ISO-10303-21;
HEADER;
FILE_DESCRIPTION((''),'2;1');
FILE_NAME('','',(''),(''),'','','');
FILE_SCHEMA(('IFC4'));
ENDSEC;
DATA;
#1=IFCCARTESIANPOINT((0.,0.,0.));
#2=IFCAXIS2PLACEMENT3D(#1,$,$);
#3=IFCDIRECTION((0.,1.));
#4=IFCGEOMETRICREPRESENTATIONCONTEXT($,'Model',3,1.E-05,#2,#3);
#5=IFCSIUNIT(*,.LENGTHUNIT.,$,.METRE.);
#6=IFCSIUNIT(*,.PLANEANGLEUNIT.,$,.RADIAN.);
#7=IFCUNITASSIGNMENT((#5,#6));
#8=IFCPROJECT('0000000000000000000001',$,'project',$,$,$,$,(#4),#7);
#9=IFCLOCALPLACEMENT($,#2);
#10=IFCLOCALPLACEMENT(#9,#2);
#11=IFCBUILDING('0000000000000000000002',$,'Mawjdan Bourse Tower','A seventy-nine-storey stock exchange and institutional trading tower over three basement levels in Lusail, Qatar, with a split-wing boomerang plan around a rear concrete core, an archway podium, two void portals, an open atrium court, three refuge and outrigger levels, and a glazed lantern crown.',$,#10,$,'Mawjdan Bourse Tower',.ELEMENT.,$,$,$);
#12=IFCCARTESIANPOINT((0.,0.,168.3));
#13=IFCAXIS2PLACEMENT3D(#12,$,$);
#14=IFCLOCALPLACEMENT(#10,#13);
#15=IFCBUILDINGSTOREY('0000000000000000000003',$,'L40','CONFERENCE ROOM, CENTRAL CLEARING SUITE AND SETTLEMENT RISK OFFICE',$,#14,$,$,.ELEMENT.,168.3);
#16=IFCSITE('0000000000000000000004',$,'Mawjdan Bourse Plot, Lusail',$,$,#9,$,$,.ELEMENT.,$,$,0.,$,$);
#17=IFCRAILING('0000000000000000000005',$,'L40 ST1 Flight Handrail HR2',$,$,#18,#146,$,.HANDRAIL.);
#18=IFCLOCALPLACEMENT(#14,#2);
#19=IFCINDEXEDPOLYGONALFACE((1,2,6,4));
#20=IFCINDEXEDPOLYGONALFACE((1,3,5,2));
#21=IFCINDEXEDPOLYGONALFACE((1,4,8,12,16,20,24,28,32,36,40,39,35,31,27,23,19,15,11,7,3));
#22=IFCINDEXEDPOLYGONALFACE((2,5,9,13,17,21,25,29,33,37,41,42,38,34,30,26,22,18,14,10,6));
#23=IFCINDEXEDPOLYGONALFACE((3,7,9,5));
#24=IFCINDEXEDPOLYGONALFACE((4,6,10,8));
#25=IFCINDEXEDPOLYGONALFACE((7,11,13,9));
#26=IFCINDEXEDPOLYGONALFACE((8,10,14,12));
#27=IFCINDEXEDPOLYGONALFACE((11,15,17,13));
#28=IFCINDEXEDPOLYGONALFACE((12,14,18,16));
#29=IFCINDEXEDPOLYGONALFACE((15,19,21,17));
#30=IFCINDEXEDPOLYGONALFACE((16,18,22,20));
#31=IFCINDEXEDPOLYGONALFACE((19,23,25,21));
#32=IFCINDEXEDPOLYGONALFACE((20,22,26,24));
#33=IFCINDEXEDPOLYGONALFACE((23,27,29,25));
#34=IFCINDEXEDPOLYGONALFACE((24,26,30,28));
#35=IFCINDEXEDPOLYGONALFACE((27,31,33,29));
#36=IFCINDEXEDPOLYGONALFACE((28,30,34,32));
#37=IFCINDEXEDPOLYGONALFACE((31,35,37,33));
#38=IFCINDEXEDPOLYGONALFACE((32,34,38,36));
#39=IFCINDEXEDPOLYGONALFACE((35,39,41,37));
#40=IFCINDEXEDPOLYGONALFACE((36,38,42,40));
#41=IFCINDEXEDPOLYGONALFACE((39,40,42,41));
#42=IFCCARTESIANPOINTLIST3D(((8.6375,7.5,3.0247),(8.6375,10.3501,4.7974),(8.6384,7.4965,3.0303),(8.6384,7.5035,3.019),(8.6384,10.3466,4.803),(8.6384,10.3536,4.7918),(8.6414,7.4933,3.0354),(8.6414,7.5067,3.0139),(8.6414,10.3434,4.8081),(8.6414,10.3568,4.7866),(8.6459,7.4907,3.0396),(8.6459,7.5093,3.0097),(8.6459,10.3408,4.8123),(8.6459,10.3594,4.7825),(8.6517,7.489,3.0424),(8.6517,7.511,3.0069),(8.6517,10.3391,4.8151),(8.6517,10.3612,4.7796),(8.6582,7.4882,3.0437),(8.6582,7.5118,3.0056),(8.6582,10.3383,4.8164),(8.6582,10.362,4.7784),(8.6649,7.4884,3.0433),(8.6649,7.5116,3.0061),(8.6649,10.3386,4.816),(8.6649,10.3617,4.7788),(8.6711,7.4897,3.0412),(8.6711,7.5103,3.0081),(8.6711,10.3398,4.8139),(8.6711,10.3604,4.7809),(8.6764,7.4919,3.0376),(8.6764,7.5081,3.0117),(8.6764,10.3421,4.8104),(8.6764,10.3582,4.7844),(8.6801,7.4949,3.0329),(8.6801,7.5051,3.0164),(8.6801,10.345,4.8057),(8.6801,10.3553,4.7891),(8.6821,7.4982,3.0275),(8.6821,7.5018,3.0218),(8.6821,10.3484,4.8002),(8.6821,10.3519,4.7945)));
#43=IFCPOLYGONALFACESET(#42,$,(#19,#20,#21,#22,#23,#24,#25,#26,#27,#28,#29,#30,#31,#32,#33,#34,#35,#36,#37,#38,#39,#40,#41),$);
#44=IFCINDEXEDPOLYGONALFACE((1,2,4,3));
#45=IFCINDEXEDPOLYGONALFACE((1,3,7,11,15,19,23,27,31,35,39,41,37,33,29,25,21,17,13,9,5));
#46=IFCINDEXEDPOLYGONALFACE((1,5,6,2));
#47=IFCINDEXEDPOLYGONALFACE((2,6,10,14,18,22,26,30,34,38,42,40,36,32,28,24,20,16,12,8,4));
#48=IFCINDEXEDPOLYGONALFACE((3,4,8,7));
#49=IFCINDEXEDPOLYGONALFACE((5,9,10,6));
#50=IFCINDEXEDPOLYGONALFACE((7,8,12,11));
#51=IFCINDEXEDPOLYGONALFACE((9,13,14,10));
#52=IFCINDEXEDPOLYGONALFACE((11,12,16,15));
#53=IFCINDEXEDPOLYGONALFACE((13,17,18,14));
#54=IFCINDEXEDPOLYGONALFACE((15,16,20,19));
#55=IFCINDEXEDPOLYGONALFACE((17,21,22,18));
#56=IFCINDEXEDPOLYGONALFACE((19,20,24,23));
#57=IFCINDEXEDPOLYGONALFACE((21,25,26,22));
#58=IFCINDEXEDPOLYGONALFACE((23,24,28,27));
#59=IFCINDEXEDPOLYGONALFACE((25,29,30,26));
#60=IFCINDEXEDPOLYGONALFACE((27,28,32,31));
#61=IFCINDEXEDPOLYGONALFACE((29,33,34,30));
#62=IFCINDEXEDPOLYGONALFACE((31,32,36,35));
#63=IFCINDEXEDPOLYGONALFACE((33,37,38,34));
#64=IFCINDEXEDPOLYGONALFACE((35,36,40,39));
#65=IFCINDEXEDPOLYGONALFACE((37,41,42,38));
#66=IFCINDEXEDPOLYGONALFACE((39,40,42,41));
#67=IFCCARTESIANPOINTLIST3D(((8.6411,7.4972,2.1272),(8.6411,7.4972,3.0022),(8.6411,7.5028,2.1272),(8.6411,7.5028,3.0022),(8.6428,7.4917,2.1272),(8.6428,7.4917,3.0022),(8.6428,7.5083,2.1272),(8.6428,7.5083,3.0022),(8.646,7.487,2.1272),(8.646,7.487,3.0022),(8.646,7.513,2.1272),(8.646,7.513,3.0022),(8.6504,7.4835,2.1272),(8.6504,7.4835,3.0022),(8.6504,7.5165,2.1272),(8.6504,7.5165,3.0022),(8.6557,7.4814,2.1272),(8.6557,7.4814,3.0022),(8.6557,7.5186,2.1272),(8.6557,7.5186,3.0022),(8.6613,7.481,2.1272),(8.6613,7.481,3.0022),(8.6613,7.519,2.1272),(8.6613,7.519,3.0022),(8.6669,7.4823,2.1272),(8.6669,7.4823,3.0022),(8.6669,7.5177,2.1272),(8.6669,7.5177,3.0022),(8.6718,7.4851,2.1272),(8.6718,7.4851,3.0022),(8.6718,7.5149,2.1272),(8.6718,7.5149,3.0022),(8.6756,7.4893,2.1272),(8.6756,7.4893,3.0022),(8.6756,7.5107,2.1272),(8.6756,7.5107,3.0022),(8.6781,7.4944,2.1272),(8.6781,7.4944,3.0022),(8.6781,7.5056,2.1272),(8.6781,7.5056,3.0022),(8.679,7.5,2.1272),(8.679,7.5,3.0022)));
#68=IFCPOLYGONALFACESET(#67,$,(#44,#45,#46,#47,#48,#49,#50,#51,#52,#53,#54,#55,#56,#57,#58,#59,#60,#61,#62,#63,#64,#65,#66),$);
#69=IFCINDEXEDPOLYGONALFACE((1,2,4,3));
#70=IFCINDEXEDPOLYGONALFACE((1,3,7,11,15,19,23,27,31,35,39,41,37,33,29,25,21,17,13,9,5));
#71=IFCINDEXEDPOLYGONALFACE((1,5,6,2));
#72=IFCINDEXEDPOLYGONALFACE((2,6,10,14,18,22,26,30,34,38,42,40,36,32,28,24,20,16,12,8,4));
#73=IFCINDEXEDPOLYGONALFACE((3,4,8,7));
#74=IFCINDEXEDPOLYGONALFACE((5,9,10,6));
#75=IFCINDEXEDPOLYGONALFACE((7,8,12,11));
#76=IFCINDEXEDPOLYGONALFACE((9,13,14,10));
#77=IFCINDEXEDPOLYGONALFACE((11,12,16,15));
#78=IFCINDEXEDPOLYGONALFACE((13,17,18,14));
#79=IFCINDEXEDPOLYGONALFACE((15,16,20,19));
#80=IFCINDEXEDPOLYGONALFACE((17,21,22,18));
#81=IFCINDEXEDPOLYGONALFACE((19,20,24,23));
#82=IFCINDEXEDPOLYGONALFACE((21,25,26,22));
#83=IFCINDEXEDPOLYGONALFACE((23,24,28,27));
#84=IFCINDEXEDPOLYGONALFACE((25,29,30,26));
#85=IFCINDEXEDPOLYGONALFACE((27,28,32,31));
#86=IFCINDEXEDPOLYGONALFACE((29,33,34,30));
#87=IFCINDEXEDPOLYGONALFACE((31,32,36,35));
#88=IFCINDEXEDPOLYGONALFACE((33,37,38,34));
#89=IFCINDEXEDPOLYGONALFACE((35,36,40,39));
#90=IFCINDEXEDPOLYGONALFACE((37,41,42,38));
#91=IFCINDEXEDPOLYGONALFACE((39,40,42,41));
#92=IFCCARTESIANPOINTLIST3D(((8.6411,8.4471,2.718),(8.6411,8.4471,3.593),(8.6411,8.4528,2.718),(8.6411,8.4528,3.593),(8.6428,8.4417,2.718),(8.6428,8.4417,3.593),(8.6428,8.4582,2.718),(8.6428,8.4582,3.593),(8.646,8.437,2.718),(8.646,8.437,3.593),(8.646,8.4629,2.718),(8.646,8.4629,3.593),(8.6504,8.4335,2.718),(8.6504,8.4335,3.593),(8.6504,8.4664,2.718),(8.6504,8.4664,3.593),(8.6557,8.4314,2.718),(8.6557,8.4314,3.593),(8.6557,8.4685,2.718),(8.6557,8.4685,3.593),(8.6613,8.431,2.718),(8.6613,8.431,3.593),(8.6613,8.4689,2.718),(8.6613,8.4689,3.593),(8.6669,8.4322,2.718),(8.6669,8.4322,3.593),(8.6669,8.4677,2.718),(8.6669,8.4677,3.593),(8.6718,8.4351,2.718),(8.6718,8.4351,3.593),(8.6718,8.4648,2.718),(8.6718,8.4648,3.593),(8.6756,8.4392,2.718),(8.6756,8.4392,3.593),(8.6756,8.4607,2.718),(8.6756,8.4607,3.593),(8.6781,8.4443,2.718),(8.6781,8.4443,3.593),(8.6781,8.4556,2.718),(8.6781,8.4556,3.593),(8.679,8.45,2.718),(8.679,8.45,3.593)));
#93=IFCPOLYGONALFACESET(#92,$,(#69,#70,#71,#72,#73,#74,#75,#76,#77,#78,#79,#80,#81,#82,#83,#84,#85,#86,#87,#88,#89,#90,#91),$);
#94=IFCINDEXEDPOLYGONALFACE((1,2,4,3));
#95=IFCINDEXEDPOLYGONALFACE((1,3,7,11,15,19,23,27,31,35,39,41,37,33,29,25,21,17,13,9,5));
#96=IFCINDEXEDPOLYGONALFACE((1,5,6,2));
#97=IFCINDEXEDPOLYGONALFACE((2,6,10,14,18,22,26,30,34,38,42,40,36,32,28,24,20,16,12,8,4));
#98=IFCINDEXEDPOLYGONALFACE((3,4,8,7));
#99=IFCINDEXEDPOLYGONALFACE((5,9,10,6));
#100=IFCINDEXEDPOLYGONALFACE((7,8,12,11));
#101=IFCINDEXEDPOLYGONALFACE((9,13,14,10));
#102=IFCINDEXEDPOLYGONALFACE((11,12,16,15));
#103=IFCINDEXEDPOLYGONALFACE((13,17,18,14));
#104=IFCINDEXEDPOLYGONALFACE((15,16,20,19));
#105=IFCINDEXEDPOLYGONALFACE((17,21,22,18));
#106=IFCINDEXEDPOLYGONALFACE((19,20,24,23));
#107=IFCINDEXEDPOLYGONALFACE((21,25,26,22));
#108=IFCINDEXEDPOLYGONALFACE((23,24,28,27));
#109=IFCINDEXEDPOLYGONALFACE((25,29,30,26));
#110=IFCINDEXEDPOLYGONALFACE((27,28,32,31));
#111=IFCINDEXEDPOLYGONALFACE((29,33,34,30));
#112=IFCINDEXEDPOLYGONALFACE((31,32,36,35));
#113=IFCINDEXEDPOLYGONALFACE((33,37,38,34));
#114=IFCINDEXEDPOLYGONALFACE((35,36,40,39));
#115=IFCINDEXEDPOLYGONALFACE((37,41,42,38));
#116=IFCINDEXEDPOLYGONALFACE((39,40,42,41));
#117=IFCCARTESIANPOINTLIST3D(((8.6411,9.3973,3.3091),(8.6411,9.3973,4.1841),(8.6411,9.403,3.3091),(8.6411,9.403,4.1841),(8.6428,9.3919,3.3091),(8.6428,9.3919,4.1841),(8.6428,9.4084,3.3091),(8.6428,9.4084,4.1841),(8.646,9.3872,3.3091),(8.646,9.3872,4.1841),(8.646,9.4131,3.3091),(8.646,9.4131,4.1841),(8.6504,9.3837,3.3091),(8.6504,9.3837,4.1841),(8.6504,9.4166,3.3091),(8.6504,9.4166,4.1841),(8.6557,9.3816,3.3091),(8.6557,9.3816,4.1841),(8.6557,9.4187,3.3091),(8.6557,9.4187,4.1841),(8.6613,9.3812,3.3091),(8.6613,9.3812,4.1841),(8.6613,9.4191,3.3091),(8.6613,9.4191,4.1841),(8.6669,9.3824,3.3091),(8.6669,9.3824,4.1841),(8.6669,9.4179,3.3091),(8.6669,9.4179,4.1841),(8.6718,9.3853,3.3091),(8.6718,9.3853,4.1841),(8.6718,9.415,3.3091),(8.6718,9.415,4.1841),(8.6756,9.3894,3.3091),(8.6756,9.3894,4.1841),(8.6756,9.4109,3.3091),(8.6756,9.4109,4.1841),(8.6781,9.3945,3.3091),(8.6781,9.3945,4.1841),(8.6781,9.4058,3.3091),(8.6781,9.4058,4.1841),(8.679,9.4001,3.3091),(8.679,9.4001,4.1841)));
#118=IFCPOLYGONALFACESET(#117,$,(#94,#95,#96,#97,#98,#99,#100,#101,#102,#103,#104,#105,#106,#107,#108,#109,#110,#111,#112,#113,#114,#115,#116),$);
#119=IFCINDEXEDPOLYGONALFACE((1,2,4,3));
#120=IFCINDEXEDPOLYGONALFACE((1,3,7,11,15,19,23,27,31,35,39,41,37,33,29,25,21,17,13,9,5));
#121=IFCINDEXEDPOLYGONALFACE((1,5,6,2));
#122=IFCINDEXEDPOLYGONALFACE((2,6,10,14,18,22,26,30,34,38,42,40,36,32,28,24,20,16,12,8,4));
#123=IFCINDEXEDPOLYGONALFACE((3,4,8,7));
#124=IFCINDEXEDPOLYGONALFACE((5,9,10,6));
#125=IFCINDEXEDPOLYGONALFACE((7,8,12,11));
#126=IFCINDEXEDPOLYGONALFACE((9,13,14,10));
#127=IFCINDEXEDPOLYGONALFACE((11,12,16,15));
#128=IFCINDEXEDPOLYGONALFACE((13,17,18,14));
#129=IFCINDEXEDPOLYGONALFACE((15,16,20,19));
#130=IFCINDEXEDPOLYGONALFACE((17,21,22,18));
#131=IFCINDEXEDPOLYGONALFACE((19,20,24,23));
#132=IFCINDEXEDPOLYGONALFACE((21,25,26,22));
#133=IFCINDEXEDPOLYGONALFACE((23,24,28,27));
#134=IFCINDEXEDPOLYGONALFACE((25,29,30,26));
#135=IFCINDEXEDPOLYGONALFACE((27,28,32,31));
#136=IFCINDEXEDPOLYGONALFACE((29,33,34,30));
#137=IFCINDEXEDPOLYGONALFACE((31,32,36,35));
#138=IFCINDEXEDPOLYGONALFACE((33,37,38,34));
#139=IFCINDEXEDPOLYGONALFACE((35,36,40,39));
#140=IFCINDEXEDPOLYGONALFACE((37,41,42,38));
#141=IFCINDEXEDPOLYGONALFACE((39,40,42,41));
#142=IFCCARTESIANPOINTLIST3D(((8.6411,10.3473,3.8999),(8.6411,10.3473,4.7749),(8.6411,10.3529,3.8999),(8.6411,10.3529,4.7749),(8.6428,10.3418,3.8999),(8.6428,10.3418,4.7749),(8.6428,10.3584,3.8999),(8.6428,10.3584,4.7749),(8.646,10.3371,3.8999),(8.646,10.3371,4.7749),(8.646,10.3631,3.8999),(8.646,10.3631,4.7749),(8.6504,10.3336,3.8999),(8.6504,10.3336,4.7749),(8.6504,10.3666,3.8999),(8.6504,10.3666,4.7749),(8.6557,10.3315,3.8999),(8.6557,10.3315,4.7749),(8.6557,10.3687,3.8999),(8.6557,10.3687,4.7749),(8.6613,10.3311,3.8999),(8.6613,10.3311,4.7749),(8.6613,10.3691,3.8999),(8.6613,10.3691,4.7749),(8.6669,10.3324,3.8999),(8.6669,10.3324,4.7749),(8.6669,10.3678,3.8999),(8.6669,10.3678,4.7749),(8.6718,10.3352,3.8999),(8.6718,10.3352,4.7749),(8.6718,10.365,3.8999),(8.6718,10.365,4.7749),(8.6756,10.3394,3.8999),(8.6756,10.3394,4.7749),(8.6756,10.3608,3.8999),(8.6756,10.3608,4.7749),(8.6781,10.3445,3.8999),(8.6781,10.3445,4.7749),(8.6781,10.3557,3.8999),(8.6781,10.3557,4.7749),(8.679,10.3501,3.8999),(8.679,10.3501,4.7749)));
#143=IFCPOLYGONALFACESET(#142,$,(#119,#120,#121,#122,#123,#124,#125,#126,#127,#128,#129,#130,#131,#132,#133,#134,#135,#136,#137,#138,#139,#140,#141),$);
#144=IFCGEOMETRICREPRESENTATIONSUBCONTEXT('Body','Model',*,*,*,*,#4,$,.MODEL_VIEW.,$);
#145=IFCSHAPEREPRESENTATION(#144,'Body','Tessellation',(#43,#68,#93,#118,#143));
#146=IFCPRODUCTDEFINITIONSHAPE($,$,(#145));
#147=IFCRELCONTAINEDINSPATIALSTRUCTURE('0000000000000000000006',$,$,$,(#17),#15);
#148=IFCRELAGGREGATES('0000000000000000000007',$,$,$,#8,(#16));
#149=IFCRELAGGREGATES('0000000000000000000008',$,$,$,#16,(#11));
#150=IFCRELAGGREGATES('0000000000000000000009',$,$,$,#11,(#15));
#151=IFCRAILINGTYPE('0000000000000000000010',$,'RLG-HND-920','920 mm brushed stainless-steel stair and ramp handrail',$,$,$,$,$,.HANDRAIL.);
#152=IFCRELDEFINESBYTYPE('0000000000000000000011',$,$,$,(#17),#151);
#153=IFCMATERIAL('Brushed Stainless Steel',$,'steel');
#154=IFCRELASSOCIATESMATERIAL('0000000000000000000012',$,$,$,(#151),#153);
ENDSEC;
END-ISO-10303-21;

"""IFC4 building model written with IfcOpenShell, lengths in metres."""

from ifc_helpers import new_model, si_unit, direction, frame, origin, origin_2d, place, context, subcontext, project, spatial, circle, extrude, material, type_object, element, save


model = new_model("IFC4")

# Units and contexts
model_context = context("Model", 3, precision=1e-05, world=origin(), true_north=direction((0.0, 1.0)))
body_context = subcontext(model_context, "Body", "Model", "MODEL_VIEW")
ifc_project = project(units=[si_unit("LENGTHUNIT", "METRE"), si_unit("PLANEANGLEUNIT", "RADIAN")], contexts=[model_context])

# Site, building, storey
site_placement = place(None, origin())
site = spatial("IfcSite", under=ifc_project, at=site_placement, Name="Mawjdan Bourse Plot, Lusail", CompositionType="ELEMENT", RefElevation=0.0)
building_placement = place(site_placement, origin())
building = spatial("IfcBuilding", under=site, at=building_placement, Name="Mawjdan Bourse Tower", Description="A seventy-nine-storey stock exchange and institutional trading tower over three basement levels in Lusail, Qatar, with a split-wing boomerang plan around a rear concrete core, an archway podium, two void portals, an open atrium court, three refuge and outrigger levels, and a glazed lantern crown.", LongName="Mawjdan Bourse Tower", CompositionType="ELEMENT")
storey_placement = place(building_placement, frame((0.0, 0.0, 168.3)))
storey = spatial("IfcBuildingStorey", under=building, at=storey_placement, Name="L40", Description="CONFERENCE ROOM, CENTRAL CLEARING SUITE AND SETTLEMENT RISK OFFICE", CompositionType="ELEMENT", Elevation=168.3)

# Shared definitions
ifc_material_1 = material(Name="Brushed Stainless Steel", Category="steel")

# Railing
railing_type_1 = type_object("IfcRailingType", Name="RLG-HND-920", Description="920 mm brushed stainless-steel stair and ramp handrail", PredefinedType="HANDRAIL", material=ifc_material_1)
railing_1_placement = place(storey_placement, frame((8.6599, 7.5, 2.1272)))
element("IfcRailing", 1, at=railing_1_placement, inside=storey, type_object=railing_type_1, Name="L40 ST1 Flight Handrail HR2", PredefinedType="HANDRAIL", context=body_context, shape_type="SweptSolid", body=[
    extrude(circle(Radius=0.0225, at=origin_2d()), frame((0.0, 0.0, 0.8975), z_axis=(0.0, 0.849149, 0.528154), x_axis=(-1.0, 0.0, 0.0)), (0.0, 0.0, 1.0), 3.3564),
    extrude(circle(Radius=0.019, at=origin_2d()), origin(), (0.0, 0.0, 1.0), 0.875),
    extrude(circle(Radius=0.019, at=origin_2d()), frame((0.0, 0.95, 0.5908)), (0.0, 0.0, 1.0), 0.875),
    extrude(circle(Radius=0.019, at=origin_2d()), frame((0.0, 1.9001, 1.1819)), (0.0, 0.0, 1.0), 0.875),
    extrude(circle(Radius=0.019, at=origin_2d()), frame((0.0, 2.8501, 1.7727)), (0.0, 0.0, 1.0), 0.875),
])

save(model, "model.ifc")
